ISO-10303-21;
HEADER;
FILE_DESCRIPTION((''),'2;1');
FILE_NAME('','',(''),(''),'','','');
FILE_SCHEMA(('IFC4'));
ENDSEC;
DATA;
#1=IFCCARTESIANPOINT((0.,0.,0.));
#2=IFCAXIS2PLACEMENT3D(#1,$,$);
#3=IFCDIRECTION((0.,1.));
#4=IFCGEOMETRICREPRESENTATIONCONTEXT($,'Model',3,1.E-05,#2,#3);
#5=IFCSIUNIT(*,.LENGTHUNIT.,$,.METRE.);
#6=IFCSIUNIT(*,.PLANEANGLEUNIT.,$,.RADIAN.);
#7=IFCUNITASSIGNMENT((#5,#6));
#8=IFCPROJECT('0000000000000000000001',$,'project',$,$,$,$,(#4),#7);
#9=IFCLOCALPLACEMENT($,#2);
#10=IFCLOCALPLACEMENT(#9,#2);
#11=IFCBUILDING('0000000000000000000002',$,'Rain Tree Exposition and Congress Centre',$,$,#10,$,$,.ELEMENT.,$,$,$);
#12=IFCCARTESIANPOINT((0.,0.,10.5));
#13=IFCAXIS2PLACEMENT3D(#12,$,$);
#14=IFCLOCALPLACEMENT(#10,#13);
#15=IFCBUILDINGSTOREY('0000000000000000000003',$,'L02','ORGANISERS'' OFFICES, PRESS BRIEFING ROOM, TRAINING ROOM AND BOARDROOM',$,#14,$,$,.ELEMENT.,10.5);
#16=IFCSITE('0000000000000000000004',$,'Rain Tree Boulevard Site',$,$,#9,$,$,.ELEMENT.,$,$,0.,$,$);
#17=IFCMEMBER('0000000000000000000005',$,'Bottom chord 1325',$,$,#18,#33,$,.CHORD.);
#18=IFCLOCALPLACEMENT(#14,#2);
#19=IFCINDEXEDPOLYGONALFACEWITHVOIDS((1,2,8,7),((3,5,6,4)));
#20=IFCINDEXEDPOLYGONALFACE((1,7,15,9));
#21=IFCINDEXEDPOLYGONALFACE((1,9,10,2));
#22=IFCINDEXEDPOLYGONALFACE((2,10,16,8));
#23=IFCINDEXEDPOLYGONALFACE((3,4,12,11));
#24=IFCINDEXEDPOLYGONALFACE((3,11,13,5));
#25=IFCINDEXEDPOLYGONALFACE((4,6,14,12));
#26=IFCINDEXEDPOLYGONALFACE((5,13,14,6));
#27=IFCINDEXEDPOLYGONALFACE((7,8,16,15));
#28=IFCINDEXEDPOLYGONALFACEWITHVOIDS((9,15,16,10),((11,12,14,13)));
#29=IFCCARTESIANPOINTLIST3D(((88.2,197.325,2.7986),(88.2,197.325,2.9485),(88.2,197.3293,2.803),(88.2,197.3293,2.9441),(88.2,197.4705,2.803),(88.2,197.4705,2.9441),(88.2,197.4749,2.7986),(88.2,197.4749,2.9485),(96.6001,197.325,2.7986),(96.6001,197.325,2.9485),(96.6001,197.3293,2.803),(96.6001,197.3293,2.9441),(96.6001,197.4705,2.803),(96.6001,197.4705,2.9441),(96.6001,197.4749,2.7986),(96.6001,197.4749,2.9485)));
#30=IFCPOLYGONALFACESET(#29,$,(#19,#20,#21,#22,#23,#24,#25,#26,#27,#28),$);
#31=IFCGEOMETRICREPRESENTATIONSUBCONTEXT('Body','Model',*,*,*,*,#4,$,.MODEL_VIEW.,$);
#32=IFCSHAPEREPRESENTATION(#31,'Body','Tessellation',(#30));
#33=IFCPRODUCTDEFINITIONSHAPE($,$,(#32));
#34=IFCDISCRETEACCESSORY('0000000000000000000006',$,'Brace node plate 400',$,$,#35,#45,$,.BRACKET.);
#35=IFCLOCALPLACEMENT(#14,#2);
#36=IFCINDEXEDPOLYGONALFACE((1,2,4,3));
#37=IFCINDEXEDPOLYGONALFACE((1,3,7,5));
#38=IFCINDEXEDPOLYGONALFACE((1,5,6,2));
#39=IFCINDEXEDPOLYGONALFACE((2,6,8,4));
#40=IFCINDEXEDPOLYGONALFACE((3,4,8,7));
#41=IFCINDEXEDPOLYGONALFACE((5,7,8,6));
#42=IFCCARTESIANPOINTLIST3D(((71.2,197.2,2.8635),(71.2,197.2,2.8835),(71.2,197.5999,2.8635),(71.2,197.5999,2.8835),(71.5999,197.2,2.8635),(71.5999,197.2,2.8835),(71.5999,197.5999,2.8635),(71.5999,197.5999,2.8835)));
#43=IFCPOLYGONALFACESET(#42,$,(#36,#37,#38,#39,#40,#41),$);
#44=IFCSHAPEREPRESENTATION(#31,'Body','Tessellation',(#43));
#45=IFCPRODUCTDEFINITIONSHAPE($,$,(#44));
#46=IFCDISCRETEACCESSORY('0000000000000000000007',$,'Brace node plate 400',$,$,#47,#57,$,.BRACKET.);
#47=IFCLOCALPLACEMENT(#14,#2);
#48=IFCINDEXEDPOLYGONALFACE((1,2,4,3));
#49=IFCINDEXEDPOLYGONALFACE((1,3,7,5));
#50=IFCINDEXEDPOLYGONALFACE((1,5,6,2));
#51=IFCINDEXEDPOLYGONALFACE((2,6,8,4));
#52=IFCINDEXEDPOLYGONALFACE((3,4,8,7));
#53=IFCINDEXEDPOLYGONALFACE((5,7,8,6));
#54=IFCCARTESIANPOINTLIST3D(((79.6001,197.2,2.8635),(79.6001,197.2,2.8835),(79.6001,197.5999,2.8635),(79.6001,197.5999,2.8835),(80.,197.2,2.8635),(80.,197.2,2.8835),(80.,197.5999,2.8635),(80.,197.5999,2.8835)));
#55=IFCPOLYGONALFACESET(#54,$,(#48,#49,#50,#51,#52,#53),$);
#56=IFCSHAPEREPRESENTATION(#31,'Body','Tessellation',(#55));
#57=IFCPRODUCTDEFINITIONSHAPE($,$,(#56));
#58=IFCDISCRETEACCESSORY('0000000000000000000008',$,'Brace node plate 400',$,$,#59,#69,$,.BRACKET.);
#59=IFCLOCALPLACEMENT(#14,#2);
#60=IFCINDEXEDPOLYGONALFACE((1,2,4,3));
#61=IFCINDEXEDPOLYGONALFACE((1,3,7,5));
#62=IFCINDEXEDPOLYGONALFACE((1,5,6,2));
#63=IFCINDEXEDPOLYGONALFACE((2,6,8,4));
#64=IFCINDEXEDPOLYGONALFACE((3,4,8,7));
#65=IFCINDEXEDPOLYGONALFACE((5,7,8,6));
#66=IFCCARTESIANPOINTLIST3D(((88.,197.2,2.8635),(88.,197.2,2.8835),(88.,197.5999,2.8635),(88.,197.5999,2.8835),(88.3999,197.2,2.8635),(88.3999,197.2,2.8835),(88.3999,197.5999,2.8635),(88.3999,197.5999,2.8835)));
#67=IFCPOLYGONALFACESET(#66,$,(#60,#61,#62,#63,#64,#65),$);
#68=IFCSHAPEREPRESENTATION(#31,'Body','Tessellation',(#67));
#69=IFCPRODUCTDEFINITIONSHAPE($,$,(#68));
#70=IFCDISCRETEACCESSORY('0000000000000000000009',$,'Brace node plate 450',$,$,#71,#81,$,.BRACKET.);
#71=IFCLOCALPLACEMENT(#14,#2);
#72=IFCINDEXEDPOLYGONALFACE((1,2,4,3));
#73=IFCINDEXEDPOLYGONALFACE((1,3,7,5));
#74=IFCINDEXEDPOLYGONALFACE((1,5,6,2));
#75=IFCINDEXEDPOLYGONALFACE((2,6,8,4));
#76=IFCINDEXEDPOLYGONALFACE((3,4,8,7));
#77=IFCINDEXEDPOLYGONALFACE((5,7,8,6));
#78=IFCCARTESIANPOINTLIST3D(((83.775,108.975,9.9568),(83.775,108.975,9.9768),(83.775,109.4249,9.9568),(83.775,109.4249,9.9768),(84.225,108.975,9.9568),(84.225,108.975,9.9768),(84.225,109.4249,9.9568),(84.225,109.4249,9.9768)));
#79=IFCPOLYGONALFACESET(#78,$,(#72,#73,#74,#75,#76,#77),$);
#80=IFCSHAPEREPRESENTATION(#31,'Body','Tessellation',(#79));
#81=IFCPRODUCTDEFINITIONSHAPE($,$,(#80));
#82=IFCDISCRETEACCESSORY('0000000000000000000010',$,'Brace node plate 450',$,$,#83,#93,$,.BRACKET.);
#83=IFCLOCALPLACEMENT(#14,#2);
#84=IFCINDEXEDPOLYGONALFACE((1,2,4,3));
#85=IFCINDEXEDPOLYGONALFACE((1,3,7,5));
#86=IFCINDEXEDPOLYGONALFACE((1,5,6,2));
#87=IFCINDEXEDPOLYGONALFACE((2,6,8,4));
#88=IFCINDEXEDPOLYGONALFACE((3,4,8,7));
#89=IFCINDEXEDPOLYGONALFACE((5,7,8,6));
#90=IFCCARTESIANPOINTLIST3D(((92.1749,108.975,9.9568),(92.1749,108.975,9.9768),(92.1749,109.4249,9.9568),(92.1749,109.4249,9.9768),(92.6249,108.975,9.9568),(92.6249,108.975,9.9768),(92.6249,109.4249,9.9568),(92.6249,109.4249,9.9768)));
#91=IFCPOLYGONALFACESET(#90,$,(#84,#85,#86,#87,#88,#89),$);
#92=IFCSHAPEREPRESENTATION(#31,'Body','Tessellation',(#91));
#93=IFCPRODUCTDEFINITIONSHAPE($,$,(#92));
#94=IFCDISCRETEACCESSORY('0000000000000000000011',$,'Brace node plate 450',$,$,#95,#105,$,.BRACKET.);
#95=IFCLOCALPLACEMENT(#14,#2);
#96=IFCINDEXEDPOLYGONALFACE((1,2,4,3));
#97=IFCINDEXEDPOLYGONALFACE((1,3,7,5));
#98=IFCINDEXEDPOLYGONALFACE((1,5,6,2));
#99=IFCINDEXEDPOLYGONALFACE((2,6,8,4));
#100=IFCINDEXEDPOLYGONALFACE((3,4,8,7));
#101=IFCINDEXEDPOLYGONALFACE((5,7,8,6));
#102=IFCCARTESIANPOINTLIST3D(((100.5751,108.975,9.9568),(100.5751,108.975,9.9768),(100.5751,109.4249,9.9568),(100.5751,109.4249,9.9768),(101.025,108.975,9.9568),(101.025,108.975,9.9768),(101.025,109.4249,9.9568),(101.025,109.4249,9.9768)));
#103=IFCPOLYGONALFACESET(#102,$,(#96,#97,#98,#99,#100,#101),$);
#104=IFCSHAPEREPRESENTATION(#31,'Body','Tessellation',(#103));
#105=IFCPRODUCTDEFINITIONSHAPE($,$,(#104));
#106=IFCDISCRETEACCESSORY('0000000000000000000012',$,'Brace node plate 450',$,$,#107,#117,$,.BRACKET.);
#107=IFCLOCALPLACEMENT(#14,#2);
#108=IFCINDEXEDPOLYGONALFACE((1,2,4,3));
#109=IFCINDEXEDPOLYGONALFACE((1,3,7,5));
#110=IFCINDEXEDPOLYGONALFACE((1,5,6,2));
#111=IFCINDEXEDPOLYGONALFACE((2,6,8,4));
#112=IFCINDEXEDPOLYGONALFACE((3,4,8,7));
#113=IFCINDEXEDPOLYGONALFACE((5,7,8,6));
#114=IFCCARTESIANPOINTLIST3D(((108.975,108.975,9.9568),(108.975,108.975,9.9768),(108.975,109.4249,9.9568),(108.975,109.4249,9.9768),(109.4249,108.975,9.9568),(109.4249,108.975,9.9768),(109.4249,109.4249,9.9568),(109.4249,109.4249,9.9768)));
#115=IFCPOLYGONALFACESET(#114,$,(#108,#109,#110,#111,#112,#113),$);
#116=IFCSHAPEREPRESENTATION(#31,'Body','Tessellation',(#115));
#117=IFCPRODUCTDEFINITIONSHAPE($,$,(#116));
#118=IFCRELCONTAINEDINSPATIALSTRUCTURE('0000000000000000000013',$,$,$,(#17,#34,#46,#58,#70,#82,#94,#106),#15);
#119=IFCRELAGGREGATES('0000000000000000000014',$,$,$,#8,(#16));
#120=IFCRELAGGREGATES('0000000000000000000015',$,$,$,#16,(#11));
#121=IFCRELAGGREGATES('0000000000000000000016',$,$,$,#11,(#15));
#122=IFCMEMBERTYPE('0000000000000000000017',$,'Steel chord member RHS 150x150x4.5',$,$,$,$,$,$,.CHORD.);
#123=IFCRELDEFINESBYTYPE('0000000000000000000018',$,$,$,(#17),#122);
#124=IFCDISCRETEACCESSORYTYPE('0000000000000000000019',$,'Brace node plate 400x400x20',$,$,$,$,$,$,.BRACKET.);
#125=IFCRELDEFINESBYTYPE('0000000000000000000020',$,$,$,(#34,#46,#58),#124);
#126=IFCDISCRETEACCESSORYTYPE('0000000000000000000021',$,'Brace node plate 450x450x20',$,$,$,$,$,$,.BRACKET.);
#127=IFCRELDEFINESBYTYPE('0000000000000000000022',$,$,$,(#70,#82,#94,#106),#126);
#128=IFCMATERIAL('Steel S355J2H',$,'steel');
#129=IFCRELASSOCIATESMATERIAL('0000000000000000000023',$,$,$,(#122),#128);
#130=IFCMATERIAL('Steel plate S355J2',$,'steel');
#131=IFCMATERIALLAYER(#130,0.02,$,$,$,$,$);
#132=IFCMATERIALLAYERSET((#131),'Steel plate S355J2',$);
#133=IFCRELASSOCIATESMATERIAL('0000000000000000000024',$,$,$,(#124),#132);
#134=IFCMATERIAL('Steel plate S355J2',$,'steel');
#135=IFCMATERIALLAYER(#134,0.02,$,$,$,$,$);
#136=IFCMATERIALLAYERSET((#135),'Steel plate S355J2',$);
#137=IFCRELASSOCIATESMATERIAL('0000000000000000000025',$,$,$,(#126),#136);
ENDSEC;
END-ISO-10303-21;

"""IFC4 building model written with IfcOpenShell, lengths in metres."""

from ifc_helpers import new_model, si_unit, direction, frame, origin, origin_2d, place, context, subcontext, project, spatial, rectangle, hollow_rectangle, extrude, material, layer, layer_set, material_profile, profile_set, type_object, element, save


model = new_model("IFC4")

# Units and contexts
model_context = context("Model", 3, precision=1e-05, world=origin(), true_north=direction((0.0, 1.0)))
body_context = subcontext(model_context, "Body", "Model", "MODEL_VIEW")
ifc_project = project(units=[si_unit("LENGTHUNIT", "METRE"), si_unit("PLANEANGLEUNIT", "RADIAN")], contexts=[model_context])

# Site, building, storey
site_placement = place(None, origin())
site = spatial("IfcSite", under=ifc_project, at=site_placement, Name="Rain Tree Boulevard Site", CompositionType="ELEMENT", RefElevation=0.0)
building_placement = place(site_placement, origin())
building = spatial("IfcBuilding", under=site, at=building_placement, Name="Rain Tree Exposition and Congress Centre", CompositionType="ELEMENT")
storey_placement = place(building_placement, frame((0.0, 0.0, 10.5)))
storey = spatial("IfcBuildingStorey", under=building, at=storey_placement, Name="L02", Description="ORGANISERS' OFFICES, PRESS BRIEFING ROOM, TRAINING ROOM AND BOARDROOM", CompositionType="ELEMENT", Elevation=10.5)

# Member
ifc_material_1 = material(Name="Steel S355J2H", Category="steel")
ifc_material_profile_1 = material_profile(ifc_material_1, hollow_rectangle(XDim=0.1499, YDim=0.1499, WallThickness=0.0044, at=origin_2d()), Name="RHS 150x150x4.5")
ifc_profile_set_1 = profile_set([ifc_material_profile_1], Name="Steel S355J2H")
member_type_1 = type_object("IfcMemberType", Name="Steel chord member RHS 150x150x4.5", PredefinedType="CHORD", material=ifc_profile_set_1)
member_1_placement = place(storey_placement, frame((88.2, 197.3999, 2.8735), z_axis=(1.0, 0.0, 0.0), x_axis=(0.0, 1.0, 0.0)))
element("IfcMember", 1, at=member_1_placement, inside=storey, type_object=member_type_1, Name="Bottom chord 1325", PredefinedType="CHORD", context=body_context, shape_type="SweptSolid", body=[
    extrude(hollow_rectangle(XDim=0.1499, YDim=0.1499, WallThickness=0.0044, at=origin_2d()), origin(), (0.0, 0.0, 1.0), 8.4001),
])

# Discrete accessories
ifc_material_2 = material(Name="Steel plate S355J2", Category="steel")
ifc_layer_1 = layer(ifc_material_2, 0.02)
ifc_layer_set_1 = layer_set([ifc_layer_1], Name="Steel plate S355J2")
discrete_accessory_type_1 = type_object("IfcDiscreteAccessoryType", Name="Brace node plate 400x400x20", PredefinedType="BRACKET", material=ifc_layer_set_1)
for number, where, z_axis, x_axis, name in (
    (2, (71.3999, 197.3999, 2.8635), (0.0, 0.0, 1.0), (1.0, 0.0, 0.0), "Brace node plate 400"),
    (3, (79.8, 197.3999, 2.8635), (0.0, 0.0, 1.0), (1.0, 0.0, 0.0), "Brace node plate 400"),
    (4, (88.2, 197.3999, 2.8635), (0.0, 0.0, 1.0), (1.0, 0.0, 0.0), "Brace node plate 400"),
):
    element("IfcDiscreteAccessory", number, at=place(storey_placement, frame(where, z_axis=z_axis, x_axis=x_axis)), inside=storey, type_object=discrete_accessory_type_1, Name=name, PredefinedType="BRACKET", context=body_context, shape_type="SweptSolid", body=[
        extrude(rectangle(XDim=0.3999, YDim=0.3999, at=origin_2d()), origin(), (0.0, 0.0, 1.0), 0.02),
    ])
ifc_material_3 = material(Name="Steel plate S355J2", Category="steel")
ifc_layer_2 = layer(ifc_material_3, 0.02)
ifc_layer_set_2 = layer_set([ifc_layer_2], Name="Steel plate S355J2")
discrete_accessory_type_2 = type_object("IfcDiscreteAccessoryType", Name="Brace node plate 450x450x20", PredefinedType="BRACKET", material=ifc_layer_set_2)
for number, where, z_axis, x_axis, name in (
    (5, (84.0, 109.2, 9.9568), (0.0, 0.0, 1.0), (1.0, 0.0, 0.0), "Brace node plate 450"),
    (6, (92.3999, 109.2, 9.9568), (0.0, 0.0, 1.0), (1.0, 0.0, 0.0), "Brace node plate 450"),
    (7, (100.8, 109.2, 9.9568), (0.0, 0.0, 1.0), (1.0, 0.0, 0.0), "Brace node plate 450"),
    (8, (109.2, 109.2, 9.9568), (0.0, 0.0, 1.0), (1.0, 0.0, 0.0), "Brace node plate 450"),
):
    element("IfcDiscreteAccessory", number, at=place(storey_placement, frame(where, z_axis=z_axis, x_axis=x_axis)), inside=storey, type_object=discrete_accessory_type_2, Name=name, PredefinedType="BRACKET", context=body_context, shape_type="SweptSolid", body=[
        extrude(rectangle(XDim=0.45, YDim=0.45, at=origin_2d()), origin(), (0.0, 0.0, 1.0), 0.02),
    ])

save(model, "model.ifc")
